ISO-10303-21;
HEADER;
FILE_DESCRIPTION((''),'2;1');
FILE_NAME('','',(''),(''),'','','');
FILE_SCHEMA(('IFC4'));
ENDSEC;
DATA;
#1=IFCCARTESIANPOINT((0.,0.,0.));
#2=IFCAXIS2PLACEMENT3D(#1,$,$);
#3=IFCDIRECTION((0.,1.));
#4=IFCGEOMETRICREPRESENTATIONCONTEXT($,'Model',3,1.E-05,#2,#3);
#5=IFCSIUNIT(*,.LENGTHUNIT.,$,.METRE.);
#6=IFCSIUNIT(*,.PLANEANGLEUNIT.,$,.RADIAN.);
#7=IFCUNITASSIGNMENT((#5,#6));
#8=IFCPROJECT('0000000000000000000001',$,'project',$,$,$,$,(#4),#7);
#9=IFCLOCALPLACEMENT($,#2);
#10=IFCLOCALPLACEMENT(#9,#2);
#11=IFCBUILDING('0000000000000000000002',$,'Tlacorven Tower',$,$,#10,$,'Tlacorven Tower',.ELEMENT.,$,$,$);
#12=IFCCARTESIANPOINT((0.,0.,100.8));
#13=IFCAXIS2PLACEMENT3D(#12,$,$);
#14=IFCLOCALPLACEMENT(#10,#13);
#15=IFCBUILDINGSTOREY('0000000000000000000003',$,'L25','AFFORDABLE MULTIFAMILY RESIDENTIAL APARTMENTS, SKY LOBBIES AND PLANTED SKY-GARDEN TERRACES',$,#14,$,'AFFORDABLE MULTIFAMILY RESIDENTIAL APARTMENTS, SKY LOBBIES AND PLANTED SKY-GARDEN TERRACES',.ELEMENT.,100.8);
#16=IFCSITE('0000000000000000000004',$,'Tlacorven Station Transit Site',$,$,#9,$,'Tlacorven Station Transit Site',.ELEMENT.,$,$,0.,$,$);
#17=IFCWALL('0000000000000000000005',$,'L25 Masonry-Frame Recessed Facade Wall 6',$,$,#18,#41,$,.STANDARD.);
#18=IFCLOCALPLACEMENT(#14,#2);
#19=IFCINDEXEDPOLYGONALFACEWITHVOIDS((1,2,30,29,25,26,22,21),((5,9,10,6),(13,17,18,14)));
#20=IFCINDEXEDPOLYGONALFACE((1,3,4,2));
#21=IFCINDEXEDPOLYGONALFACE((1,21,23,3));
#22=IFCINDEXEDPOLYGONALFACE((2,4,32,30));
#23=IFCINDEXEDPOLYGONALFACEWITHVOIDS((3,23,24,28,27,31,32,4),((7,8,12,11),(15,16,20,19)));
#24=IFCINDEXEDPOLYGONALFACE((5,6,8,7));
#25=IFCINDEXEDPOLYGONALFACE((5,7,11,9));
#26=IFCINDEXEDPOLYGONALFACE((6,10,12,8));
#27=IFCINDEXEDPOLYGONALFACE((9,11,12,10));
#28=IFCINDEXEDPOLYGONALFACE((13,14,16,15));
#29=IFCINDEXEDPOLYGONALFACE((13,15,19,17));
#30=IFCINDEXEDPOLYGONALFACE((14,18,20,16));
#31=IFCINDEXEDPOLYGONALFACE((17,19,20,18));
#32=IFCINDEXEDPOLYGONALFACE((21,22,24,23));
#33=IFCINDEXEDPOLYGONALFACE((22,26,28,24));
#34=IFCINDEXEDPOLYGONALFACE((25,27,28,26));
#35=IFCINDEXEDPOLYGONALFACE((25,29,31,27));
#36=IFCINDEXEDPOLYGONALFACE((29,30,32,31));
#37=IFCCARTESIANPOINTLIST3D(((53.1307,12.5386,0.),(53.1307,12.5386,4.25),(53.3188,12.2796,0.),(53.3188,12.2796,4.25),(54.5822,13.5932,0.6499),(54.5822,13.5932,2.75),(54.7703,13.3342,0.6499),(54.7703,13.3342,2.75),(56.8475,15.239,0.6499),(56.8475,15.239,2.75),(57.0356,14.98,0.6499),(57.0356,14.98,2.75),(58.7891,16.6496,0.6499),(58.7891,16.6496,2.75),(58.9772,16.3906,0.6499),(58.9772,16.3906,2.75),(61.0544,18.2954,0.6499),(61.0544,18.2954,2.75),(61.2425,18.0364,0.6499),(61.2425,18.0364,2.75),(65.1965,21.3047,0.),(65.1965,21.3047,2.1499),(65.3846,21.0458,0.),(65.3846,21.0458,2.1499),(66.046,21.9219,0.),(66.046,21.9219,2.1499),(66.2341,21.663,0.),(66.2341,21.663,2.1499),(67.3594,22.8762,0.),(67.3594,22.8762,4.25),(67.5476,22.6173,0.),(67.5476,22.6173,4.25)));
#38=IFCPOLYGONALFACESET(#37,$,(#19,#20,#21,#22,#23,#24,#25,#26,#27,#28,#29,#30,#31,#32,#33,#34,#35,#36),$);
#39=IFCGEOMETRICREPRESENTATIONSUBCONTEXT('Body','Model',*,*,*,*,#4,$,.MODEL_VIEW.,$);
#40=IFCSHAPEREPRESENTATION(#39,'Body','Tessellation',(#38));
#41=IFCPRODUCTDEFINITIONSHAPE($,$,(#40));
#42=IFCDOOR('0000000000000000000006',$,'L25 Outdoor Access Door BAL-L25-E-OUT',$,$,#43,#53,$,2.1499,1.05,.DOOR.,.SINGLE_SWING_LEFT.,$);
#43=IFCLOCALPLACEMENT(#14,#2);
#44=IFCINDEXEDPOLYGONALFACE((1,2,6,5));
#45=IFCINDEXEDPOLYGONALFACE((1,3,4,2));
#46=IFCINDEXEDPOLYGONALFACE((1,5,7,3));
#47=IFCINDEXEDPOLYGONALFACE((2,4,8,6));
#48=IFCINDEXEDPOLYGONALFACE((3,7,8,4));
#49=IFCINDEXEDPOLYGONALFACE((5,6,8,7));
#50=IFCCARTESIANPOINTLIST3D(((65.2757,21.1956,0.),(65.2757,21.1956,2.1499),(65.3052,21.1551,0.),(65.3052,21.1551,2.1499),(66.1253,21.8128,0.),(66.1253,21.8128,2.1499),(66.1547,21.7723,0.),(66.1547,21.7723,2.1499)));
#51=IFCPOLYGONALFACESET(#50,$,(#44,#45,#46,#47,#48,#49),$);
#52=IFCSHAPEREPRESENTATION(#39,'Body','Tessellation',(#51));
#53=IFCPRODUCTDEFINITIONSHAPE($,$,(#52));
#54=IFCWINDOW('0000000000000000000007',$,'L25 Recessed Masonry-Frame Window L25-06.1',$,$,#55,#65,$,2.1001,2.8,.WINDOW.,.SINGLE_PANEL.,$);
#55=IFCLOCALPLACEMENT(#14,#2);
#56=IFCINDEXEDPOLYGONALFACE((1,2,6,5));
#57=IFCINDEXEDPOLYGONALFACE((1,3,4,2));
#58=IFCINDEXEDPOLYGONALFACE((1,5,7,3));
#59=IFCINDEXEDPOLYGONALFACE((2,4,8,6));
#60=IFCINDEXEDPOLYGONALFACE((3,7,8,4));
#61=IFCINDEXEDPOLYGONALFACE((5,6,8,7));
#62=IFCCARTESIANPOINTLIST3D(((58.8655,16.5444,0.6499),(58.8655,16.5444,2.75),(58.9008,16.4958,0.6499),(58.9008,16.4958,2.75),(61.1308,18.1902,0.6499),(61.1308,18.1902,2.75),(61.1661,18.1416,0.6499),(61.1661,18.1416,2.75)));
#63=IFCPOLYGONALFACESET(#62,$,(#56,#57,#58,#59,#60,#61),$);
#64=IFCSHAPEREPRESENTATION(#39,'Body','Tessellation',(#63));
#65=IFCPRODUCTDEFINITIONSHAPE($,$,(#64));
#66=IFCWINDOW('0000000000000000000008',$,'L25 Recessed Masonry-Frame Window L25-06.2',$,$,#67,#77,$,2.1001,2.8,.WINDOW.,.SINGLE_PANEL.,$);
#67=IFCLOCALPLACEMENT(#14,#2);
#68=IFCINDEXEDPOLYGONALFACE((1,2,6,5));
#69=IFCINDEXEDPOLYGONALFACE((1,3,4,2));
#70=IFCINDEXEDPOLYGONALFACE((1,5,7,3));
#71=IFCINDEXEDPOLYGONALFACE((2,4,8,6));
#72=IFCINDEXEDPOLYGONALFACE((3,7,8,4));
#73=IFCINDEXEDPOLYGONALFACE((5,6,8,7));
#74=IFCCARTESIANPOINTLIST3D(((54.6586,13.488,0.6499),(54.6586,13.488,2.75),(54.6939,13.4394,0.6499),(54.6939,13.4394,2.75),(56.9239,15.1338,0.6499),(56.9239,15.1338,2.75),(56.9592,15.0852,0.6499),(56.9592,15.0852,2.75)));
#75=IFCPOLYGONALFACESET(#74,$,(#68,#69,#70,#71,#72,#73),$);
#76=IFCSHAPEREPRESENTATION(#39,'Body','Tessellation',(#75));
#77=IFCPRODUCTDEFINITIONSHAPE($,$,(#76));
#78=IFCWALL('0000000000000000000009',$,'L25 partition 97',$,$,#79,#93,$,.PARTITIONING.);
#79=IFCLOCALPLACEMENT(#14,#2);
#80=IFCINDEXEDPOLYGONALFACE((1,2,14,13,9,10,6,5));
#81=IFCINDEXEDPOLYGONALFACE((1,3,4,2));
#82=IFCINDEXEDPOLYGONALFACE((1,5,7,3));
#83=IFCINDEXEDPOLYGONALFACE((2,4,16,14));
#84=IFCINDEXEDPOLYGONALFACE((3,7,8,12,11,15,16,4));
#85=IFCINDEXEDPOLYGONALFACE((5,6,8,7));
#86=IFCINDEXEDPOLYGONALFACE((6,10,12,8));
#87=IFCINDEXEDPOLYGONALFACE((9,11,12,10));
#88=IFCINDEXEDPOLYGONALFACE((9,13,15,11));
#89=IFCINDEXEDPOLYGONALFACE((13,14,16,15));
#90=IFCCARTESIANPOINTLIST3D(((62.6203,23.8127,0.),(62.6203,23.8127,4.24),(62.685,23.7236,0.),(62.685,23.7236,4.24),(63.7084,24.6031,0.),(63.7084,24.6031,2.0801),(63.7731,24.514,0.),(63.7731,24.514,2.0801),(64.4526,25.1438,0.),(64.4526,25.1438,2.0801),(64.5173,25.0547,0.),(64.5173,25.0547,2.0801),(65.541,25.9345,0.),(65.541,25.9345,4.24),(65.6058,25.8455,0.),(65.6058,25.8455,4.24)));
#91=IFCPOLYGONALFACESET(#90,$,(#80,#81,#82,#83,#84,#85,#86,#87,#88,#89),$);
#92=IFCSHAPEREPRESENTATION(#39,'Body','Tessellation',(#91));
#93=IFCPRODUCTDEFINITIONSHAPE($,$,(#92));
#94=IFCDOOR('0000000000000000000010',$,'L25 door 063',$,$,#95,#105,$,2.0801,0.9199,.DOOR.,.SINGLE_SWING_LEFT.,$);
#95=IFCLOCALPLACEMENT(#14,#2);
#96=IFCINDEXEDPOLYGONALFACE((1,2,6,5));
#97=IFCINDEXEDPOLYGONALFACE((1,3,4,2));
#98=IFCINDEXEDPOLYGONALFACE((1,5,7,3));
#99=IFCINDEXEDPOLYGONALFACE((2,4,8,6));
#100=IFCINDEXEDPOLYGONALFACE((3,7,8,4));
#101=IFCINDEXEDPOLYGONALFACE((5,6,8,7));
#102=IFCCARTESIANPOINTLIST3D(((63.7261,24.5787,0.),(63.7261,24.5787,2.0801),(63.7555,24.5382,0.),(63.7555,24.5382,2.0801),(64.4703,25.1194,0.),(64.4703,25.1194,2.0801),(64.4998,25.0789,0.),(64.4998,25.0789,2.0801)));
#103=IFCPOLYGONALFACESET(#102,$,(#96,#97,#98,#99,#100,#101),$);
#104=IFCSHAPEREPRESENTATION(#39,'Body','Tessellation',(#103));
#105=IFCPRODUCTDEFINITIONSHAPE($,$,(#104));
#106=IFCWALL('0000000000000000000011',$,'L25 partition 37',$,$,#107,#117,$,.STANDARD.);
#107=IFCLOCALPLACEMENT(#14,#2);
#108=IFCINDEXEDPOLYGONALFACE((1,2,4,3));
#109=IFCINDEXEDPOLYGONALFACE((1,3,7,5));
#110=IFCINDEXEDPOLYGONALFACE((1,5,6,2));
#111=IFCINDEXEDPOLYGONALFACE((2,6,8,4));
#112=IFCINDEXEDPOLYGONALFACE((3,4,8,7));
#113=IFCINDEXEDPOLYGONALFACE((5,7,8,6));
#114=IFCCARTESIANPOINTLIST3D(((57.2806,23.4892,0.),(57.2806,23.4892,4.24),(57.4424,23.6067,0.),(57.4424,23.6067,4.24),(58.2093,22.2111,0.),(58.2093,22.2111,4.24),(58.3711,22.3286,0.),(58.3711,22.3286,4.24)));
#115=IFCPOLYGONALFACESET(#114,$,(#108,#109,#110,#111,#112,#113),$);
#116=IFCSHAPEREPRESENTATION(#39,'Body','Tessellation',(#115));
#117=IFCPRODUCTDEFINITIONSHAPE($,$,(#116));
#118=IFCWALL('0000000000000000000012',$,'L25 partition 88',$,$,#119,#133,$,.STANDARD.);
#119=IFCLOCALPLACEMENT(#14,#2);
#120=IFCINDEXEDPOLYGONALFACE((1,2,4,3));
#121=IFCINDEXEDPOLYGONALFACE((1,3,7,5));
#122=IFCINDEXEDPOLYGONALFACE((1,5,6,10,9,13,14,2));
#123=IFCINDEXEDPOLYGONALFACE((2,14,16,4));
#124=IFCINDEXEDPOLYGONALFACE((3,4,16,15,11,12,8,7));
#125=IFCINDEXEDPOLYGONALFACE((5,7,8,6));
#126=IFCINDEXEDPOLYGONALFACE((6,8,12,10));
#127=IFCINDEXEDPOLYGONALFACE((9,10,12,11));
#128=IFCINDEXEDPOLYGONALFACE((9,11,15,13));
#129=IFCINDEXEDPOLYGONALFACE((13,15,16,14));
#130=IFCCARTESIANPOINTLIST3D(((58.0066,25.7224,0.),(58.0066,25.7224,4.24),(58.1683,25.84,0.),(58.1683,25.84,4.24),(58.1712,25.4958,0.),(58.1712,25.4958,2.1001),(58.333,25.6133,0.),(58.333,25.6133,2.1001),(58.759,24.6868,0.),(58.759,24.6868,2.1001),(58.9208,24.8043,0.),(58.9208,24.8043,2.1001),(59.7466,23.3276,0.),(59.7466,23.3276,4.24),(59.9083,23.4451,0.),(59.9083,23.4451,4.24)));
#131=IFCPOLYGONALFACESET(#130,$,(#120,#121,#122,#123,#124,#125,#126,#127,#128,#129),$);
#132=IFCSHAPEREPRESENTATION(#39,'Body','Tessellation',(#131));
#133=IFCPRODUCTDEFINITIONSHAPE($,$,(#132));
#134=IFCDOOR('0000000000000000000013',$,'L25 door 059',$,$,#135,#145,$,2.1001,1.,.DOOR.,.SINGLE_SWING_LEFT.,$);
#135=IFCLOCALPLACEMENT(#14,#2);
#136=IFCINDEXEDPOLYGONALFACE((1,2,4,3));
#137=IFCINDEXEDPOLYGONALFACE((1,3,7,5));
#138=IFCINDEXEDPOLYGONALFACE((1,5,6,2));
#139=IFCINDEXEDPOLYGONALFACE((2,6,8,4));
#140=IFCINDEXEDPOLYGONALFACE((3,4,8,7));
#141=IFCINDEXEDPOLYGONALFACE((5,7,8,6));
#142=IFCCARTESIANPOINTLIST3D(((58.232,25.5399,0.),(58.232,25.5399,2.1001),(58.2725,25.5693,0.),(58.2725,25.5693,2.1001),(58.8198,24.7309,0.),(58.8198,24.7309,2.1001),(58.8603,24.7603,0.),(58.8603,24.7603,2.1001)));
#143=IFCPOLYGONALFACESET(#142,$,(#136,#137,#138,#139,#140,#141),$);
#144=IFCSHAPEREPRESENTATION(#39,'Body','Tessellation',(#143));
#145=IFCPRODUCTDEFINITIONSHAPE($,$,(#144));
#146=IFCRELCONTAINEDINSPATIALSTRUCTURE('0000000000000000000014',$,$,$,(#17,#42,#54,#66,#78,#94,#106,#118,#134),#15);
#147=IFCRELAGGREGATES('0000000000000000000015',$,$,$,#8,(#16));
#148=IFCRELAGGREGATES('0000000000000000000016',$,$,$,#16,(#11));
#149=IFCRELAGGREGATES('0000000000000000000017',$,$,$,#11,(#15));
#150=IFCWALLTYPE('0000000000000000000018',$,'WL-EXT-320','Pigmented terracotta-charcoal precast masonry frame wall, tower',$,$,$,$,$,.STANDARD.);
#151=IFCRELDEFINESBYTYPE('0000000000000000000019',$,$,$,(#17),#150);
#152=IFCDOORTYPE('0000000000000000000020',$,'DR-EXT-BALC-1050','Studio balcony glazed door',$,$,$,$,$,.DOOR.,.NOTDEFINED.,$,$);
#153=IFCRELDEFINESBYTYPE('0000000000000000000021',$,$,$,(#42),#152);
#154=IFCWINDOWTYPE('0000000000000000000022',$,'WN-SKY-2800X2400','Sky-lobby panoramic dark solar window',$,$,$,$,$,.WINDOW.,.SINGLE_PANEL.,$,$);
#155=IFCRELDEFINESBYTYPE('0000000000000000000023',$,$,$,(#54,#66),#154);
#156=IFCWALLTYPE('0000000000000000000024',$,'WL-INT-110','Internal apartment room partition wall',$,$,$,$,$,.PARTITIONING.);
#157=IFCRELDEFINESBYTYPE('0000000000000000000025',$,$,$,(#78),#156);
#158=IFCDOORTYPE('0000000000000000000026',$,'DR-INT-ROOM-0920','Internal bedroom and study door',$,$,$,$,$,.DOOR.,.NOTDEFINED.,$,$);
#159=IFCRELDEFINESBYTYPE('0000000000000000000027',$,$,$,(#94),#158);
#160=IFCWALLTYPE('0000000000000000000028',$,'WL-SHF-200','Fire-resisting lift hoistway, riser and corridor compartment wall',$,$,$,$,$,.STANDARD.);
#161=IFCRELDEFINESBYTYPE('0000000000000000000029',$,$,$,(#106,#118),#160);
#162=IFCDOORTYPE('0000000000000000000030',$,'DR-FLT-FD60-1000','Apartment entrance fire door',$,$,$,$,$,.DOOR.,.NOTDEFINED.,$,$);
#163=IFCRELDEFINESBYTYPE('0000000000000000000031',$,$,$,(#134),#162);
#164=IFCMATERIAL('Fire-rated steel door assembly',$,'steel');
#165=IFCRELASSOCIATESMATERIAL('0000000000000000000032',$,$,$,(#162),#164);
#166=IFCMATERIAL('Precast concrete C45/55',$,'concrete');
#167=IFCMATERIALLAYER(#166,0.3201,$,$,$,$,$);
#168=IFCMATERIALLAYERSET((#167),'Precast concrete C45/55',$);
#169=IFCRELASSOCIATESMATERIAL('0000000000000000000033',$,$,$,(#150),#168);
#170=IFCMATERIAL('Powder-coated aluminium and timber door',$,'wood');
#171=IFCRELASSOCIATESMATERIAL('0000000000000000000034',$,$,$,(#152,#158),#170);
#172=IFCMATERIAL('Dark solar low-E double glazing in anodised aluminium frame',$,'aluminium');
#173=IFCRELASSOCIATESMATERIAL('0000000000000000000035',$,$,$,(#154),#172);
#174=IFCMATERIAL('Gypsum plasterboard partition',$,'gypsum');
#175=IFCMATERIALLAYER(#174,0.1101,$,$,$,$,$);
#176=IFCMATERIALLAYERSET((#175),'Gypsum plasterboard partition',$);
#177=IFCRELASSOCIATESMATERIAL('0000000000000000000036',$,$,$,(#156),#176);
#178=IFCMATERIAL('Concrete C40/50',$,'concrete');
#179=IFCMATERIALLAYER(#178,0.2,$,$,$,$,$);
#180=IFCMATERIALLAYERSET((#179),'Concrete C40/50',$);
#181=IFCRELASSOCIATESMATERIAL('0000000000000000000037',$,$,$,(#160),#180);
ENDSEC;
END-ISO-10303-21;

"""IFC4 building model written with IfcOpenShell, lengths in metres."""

from ifc_helpers import new_model, si_unit, direction, frame, frame_2d, origin, place, context, subcontext, project, spatial, rectangle, extrude, source, transform, mapped, material, layer, layer_set, type_object, element, fill, save


model = new_model("IFC4")

# Units and contexts
model_context = context("Model", 3, precision=1e-05, world=origin(), true_north=direction((0.0, 1.0)))
body_context = subcontext(model_context, "Body", "Model", "MODEL_VIEW")
ifc_project = project(units=[si_unit("LENGTHUNIT", "METRE"), si_unit("PLANEANGLEUNIT", "RADIAN")], contexts=[model_context])

# Site, building, storey
site_placement = place(None, origin())
site = spatial("IfcSite", under=ifc_project, at=site_placement, Name="Tlacorven Station Transit Site", LongName="Tlacorven Station Transit Site", CompositionType="ELEMENT", RefElevation=0.0)
building_placement = place(site_placement, origin())
building = spatial("IfcBuilding", under=site, at=building_placement, Name="Tlacorven Tower", LongName="Tlacorven Tower", CompositionType="ELEMENT")
storey_placement = place(building_placement, frame((0.0, 0.0, 100.8)))
storey = spatial("IfcBuildingStorey", under=building, at=storey_placement, Name="L25", Description="AFFORDABLE MULTIFAMILY RESIDENTIAL APARTMENTS, SKY LOBBIES AND PLANTED SKY-GARDEN TERRACES", LongName="AFFORDABLE MULTIFAMILY RESIDENTIAL APARTMENTS, SKY LOBBIES AND PLANTED SKY-GARDEN TERRACES", CompositionType="ELEMENT", Elevation=100.8)

# Shared definitions
ifc_material_1 = material(Name="Fire-rated steel door assembly", Category="steel")
door_type_1 = type_object("IfcDoorType", Name="DR-FLT-FD60-1000", Description="Apartment entrance fire door", OperationType="NOTDEFINED", PredefinedType="DOOR", material=ifc_material_1)
shared_shape_1 = source(origin(), body_context, "Body", "SweptSolid", [
    extrude(rectangle(XDim=1.0, YDim=2.1001, at=frame_2d((0.5, 1.05))), frame((0.0, 0.0249, 0.0), z_axis=(0.0, -1.0, 0.0), x_axis=(1.0, 0.0, 0.0)), (0.0, 0.0, 1.0), 0.05),
])

# Wall, openings, door, windows
ifc_material_2 = material(Name="Precast concrete C45/55", Category="concrete")
ifc_layer_1 = layer(ifc_material_2, 0.3201)
ifc_layer_set_1 = layer_set([ifc_layer_1], Name="Precast concrete C45/55")
wall_type_1 = type_object("IfcWallType", Name="WL-EXT-320", Description="Pigmented terracotta-charcoal precast masonry frame wall, tower", PredefinedType="STANDARD", material=ifc_layer_set_1)
wall_1_placement = place(storey_placement, frame((67.4536, 22.7468, 0.0), z_axis=(0.0, 0.0, 1.0), x_axis=(-0.809021, -0.58778, 0.0)))
wall_1 = element("IfcWall", 1, at=wall_1_placement, inside=storey, type_object=wall_type_1, Name="L25 Masonry-Frame Recessed Facade Wall 6", PredefinedType="STANDARD", context=body_context, shape_type="SweptSolid", body=[
    extrude(rectangle(XDim=17.5876, YDim=0.3201, at=frame_2d((8.7939, 0.0))), origin(), (0.0, 0.0, 1.0), 4.25),
])
opening_1_placement = place(wall_1_placement, frame((1.6238, 0.0, 0.0)))
opening_1 = element("IfcOpeningElement", 2, at=opening_1_placement, cuts=wall_1, PredefinedType="OPENING", context=body_context, shape_type="SweptSolid", body=[
    extrude(rectangle(XDim=1.05, YDim=2.1499, at=frame_2d((0.5249, 1.075))), frame((0.0, 0.1699, 0.0), z_axis=(0.0, -1.0, 0.0), x_axis=(1.0, 0.0, 0.0)), (0.0, 0.0, 1.0), 0.3401),
])
opening_2_placement = place(wall_1_placement, frame((7.7937, 0.0, 0.6499)))
opening_2 = element("IfcOpeningElement", 3, at=opening_2_placement, cuts=wall_1, PredefinedType="OPENING", context=body_context, shape_type="SweptSolid", body=[
    extrude(rectangle(XDim=2.8, YDim=2.1001, at=frame_2d((1.3999, 1.05))), frame((0.0, 0.1699, 0.0), z_axis=(0.0, -1.0, 0.0), x_axis=(1.0, 0.0, 0.0)), (0.0, 0.0, 1.0), 0.3401),
])
opening_3_placement = place(wall_1_placement, frame((12.9937, 0.0, 0.6499)))
opening_3 = element("IfcOpeningElement", 4, at=opening_3_placement, cuts=wall_1, PredefinedType="OPENING", context=body_context, shape_type="SweptSolid", body=[
    extrude(rectangle(XDim=2.8, YDim=2.1001, at=frame_2d((1.3999, 1.05))), frame((0.0, 0.1699, 0.0), z_axis=(0.0, -1.0, 0.0), x_axis=(1.0, 0.0, 0.0)), (0.0, 0.0, 1.0), 0.3401),
])
ifc_material_3 = material(Name="Powder-coated aluminium and timber door", Category="wood")
door_type_2 = type_object("IfcDoorType", Name="DR-EXT-BALC-1050", Description="Studio balcony glazed door", OperationType="NOTDEFINED", PredefinedType="DOOR", material=ifc_material_3)
shared_shape_2 = source(origin(), body_context, "Body", "SweptSolid", [
    extrude(rectangle(XDim=1.05, YDim=2.1499, at=frame_2d((0.5249, 1.075))), frame((0.0, 0.0249, 0.0), z_axis=(0.0, -1.0, 0.0), x_axis=(1.0, 0.0, 0.0)), (0.0, 0.0, 1.0), 0.05),
])
door_1_placement = place(opening_1_placement, origin())
door_1 = element("IfcDoor", 5, at=door_1_placement, inside=storey, type_object=door_type_2, Name="L25 Outdoor Access Door BAL-L25-E-OUT", OperationType="SINGLE_SWING_LEFT", OverallHeight=2.1499, OverallWidth=1.05, PredefinedType="DOOR", context=body_context, shape_type="MappedRepresentation", body=[
    mapped(shared_shape_2, transform((0.0, 0.0, 0.0), scale=1.0)),
])
fill(opening_1, door_1)
ifc_material_4 = material(Name="Dark solar low-E double glazing in anodised aluminium frame", Category="aluminium")
window_type = type_object("IfcWindowType", Name="WN-SKY-2800X2400", Description="Sky-lobby panoramic dark solar window", PartitioningType="SINGLE_PANEL", PredefinedType="WINDOW", material=ifc_material_4)
shared_shape_3 = source(origin(), body_context, "Body", "SweptSolid", [
    extrude(rectangle(XDim=2.8, YDim=2.1001, at=frame_2d((1.3999, 1.05))), frame((0.0, 0.03, 0.0), z_axis=(0.0, -1.0, 0.0), x_axis=(1.0, 0.0, 0.0)), (0.0, 0.0, 1.0), 0.0601),
])
window_1_placement = place(opening_2_placement, origin())
window_1 = element("IfcWindow", 6, at=window_1_placement, inside=storey, type_object=window_type, Name="L25 Recessed Masonry-Frame Window L25-06.1", OverallHeight=2.1001, OverallWidth=2.8, PartitioningType="SINGLE_PANEL", PredefinedType="WINDOW", context=body_context, shape_type="MappedRepresentation", body=[
    mapped(shared_shape_3, transform((0.0, 0.0, 0.0), scale=1.0)),
])
fill(opening_2, window_1)
window_2_placement = place(opening_3_placement, origin())
window_2 = element("IfcWindow", 7, at=window_2_placement, inside=storey, type_object=window_type, Name="L25 Recessed Masonry-Frame Window L25-06.2", OverallHeight=2.1001, OverallWidth=2.8, PartitioningType="SINGLE_PANEL", PredefinedType="WINDOW", context=body_context, shape_type="MappedRepresentation", body=[
    mapped(shared_shape_3, transform((0.0, 0.0, 0.0), scale=1.0)),
])
fill(opening_3, window_2)

# Wall, opening, door
ifc_material_5 = material(Name="Gypsum plasterboard partition", Category="gypsum")
ifc_layer_2 = layer(ifc_material_5, 0.1101)
ifc_layer_set_2 = layer_set([ifc_layer_2], Name="Gypsum plasterboard partition")
wall_type_2 = type_object("IfcWallType", Name="WL-INT-110", Description="Internal apartment room partition wall", PredefinedType="PARTITIONING", material=ifc_layer_set_2)
wall_2_placement = place(storey_placement, frame((62.6526, 23.7681, 0.0), z_axis=(0.0, 0.0, 1.0), x_axis=(0.809037, 0.587757, 0.0)))
wall_2 = element("IfcWall", 8, at=wall_2_placement, inside=storey, type_object=wall_type_2, Name="L25 partition 97", PredefinedType="PARTITIONING", context=body_context, shape_type="SweptSolid", body=[
    extrude(rectangle(XDim=3.6101, YDim=0.1101, at=frame_2d((1.8052, 0.0))), origin(), (0.0, 0.0, 1.0), 4.24),
])
opening_4_placement = place(wall_2_placement, frame((1.345, 0.0, 0.0)))
opening_4 = element("IfcOpeningElement", 9, at=opening_4_placement, cuts=wall_2, PredefinedType="OPENING", context=body_context, shape_type="SweptSolid", body=[
    extrude(rectangle(XDim=0.9199, YDim=2.0801, at=frame_2d((0.46, 1.04))), frame((0.0, 0.0649, 0.0), z_axis=(0.0, -1.0, 0.0), x_axis=(1.0, 0.0, 0.0)), (0.0, 0.0, 1.0), 0.1301),
])
door_type_3 = type_object("IfcDoorType", Name="DR-INT-ROOM-0920", Description="Internal bedroom and study door", OperationType="NOTDEFINED", PredefinedType="DOOR", material=ifc_material_3)
shared_shape_4 = source(origin(), body_context, "Body", "SweptSolid", [
    extrude(rectangle(XDim=0.9199, YDim=2.0801, at=frame_2d((0.46, 1.04))), frame((0.0, 0.0249, 0.0), z_axis=(0.0, -1.0, 0.0), x_axis=(1.0, 0.0, 0.0)), (0.0, 0.0, 1.0), 0.05),
])
door_2_placement = place(opening_4_placement, origin())
door_2 = element("IfcDoor", 10, at=door_2_placement, inside=storey, type_object=door_type_3, Name="L25 door 063", OperationType="SINGLE_SWING_LEFT", OverallHeight=2.0801, OverallWidth=0.9199, PredefinedType="DOOR", context=body_context, shape_type="MappedRepresentation", body=[
    mapped(shared_shape_4, transform((0.0, 0.0, 0.0), scale=1.0)),
])
fill(opening_4, door_2)

# Wall
ifc_material_6 = material(Name="Concrete C40/50", Category="concrete")
ifc_layer_3 = layer(ifc_material_6, 0.2)
ifc_layer_set_3 = layer_set([ifc_layer_3], Name="Concrete C40/50")
wall_type_3 = type_object("IfcWallType", Name="WL-SHF-200", Description="Fire-resisting lift hoistway, riser and corridor compartment wall", PredefinedType="STANDARD", material=ifc_layer_set_3)
wall_3_placement = place(storey_placement, frame((58.2903, 22.2698, 0.0), z_axis=(0.0, 0.0, 1.0), x_axis=(-0.587841, 0.808977, 0.0)))
element("IfcWall", 11, at=wall_3_placement, inside=storey, type_object=wall_type_3, Name="L25 partition 37", PredefinedType="STANDARD", context=body_context, shape_type="SweptSolid", body=[
    extrude(rectangle(XDim=1.5798, YDim=0.2, at=frame_2d((0.79, 0.0))), origin(), (0.0, 0.0, 1.0), 4.24),
])

# Wall, opening, door
wall_4_placement = place(storey_placement, frame((59.8274, 23.3865, 0.0), z_axis=(0.0, 0.0, 1.0), x_axis=(-0.587804, 0.809003, 0.0)))
wall_4 = element("IfcWall", 12, at=wall_4_placement, inside=storey, type_object=wall_type_3, Name="L25 partition 88", PredefinedType="STANDARD", context=body_context, shape_type="SweptSolid", body=[
    extrude(rectangle(XDim=2.9602, YDim=0.2, at=frame_2d((1.48, 0.0))), origin(), (0.0, 0.0, 1.0), 4.24),
])
opening_5_placement = place(wall_4_placement, frame((1.6799, 0.0, 0.0)))
opening_5 = element("IfcOpeningElement", 13, at=opening_5_placement, cuts=wall_4, PredefinedType="OPENING", context=body_context, shape_type="SweptSolid", body=[
    extrude(rectangle(XDim=1.0, YDim=2.1001, at=frame_2d((0.5, 1.05))), frame((0.0, 0.1099, 0.0), z_axis=(0.0, -1.0, 0.0), x_axis=(1.0, 0.0, 0.0)), (0.0, 0.0, 1.0), 0.22),
])
door_3_placement = place(opening_5_placement, origin())
door_3 = element("IfcDoor", 14, at=door_3_placement, inside=storey, type_object=door_type_1, Name="L25 door 059", OperationType="SINGLE_SWING_LEFT", OverallHeight=2.1001, OverallWidth=1.0, PredefinedType="DOOR", context=body_context, shape_type="MappedRepresentation", body=[
    mapped(shared_shape_1, transform((0.0, 0.0, 0.0), scale=1.0)),
])
fill(opening_5, door_3)

save(model, "model.ifc")
